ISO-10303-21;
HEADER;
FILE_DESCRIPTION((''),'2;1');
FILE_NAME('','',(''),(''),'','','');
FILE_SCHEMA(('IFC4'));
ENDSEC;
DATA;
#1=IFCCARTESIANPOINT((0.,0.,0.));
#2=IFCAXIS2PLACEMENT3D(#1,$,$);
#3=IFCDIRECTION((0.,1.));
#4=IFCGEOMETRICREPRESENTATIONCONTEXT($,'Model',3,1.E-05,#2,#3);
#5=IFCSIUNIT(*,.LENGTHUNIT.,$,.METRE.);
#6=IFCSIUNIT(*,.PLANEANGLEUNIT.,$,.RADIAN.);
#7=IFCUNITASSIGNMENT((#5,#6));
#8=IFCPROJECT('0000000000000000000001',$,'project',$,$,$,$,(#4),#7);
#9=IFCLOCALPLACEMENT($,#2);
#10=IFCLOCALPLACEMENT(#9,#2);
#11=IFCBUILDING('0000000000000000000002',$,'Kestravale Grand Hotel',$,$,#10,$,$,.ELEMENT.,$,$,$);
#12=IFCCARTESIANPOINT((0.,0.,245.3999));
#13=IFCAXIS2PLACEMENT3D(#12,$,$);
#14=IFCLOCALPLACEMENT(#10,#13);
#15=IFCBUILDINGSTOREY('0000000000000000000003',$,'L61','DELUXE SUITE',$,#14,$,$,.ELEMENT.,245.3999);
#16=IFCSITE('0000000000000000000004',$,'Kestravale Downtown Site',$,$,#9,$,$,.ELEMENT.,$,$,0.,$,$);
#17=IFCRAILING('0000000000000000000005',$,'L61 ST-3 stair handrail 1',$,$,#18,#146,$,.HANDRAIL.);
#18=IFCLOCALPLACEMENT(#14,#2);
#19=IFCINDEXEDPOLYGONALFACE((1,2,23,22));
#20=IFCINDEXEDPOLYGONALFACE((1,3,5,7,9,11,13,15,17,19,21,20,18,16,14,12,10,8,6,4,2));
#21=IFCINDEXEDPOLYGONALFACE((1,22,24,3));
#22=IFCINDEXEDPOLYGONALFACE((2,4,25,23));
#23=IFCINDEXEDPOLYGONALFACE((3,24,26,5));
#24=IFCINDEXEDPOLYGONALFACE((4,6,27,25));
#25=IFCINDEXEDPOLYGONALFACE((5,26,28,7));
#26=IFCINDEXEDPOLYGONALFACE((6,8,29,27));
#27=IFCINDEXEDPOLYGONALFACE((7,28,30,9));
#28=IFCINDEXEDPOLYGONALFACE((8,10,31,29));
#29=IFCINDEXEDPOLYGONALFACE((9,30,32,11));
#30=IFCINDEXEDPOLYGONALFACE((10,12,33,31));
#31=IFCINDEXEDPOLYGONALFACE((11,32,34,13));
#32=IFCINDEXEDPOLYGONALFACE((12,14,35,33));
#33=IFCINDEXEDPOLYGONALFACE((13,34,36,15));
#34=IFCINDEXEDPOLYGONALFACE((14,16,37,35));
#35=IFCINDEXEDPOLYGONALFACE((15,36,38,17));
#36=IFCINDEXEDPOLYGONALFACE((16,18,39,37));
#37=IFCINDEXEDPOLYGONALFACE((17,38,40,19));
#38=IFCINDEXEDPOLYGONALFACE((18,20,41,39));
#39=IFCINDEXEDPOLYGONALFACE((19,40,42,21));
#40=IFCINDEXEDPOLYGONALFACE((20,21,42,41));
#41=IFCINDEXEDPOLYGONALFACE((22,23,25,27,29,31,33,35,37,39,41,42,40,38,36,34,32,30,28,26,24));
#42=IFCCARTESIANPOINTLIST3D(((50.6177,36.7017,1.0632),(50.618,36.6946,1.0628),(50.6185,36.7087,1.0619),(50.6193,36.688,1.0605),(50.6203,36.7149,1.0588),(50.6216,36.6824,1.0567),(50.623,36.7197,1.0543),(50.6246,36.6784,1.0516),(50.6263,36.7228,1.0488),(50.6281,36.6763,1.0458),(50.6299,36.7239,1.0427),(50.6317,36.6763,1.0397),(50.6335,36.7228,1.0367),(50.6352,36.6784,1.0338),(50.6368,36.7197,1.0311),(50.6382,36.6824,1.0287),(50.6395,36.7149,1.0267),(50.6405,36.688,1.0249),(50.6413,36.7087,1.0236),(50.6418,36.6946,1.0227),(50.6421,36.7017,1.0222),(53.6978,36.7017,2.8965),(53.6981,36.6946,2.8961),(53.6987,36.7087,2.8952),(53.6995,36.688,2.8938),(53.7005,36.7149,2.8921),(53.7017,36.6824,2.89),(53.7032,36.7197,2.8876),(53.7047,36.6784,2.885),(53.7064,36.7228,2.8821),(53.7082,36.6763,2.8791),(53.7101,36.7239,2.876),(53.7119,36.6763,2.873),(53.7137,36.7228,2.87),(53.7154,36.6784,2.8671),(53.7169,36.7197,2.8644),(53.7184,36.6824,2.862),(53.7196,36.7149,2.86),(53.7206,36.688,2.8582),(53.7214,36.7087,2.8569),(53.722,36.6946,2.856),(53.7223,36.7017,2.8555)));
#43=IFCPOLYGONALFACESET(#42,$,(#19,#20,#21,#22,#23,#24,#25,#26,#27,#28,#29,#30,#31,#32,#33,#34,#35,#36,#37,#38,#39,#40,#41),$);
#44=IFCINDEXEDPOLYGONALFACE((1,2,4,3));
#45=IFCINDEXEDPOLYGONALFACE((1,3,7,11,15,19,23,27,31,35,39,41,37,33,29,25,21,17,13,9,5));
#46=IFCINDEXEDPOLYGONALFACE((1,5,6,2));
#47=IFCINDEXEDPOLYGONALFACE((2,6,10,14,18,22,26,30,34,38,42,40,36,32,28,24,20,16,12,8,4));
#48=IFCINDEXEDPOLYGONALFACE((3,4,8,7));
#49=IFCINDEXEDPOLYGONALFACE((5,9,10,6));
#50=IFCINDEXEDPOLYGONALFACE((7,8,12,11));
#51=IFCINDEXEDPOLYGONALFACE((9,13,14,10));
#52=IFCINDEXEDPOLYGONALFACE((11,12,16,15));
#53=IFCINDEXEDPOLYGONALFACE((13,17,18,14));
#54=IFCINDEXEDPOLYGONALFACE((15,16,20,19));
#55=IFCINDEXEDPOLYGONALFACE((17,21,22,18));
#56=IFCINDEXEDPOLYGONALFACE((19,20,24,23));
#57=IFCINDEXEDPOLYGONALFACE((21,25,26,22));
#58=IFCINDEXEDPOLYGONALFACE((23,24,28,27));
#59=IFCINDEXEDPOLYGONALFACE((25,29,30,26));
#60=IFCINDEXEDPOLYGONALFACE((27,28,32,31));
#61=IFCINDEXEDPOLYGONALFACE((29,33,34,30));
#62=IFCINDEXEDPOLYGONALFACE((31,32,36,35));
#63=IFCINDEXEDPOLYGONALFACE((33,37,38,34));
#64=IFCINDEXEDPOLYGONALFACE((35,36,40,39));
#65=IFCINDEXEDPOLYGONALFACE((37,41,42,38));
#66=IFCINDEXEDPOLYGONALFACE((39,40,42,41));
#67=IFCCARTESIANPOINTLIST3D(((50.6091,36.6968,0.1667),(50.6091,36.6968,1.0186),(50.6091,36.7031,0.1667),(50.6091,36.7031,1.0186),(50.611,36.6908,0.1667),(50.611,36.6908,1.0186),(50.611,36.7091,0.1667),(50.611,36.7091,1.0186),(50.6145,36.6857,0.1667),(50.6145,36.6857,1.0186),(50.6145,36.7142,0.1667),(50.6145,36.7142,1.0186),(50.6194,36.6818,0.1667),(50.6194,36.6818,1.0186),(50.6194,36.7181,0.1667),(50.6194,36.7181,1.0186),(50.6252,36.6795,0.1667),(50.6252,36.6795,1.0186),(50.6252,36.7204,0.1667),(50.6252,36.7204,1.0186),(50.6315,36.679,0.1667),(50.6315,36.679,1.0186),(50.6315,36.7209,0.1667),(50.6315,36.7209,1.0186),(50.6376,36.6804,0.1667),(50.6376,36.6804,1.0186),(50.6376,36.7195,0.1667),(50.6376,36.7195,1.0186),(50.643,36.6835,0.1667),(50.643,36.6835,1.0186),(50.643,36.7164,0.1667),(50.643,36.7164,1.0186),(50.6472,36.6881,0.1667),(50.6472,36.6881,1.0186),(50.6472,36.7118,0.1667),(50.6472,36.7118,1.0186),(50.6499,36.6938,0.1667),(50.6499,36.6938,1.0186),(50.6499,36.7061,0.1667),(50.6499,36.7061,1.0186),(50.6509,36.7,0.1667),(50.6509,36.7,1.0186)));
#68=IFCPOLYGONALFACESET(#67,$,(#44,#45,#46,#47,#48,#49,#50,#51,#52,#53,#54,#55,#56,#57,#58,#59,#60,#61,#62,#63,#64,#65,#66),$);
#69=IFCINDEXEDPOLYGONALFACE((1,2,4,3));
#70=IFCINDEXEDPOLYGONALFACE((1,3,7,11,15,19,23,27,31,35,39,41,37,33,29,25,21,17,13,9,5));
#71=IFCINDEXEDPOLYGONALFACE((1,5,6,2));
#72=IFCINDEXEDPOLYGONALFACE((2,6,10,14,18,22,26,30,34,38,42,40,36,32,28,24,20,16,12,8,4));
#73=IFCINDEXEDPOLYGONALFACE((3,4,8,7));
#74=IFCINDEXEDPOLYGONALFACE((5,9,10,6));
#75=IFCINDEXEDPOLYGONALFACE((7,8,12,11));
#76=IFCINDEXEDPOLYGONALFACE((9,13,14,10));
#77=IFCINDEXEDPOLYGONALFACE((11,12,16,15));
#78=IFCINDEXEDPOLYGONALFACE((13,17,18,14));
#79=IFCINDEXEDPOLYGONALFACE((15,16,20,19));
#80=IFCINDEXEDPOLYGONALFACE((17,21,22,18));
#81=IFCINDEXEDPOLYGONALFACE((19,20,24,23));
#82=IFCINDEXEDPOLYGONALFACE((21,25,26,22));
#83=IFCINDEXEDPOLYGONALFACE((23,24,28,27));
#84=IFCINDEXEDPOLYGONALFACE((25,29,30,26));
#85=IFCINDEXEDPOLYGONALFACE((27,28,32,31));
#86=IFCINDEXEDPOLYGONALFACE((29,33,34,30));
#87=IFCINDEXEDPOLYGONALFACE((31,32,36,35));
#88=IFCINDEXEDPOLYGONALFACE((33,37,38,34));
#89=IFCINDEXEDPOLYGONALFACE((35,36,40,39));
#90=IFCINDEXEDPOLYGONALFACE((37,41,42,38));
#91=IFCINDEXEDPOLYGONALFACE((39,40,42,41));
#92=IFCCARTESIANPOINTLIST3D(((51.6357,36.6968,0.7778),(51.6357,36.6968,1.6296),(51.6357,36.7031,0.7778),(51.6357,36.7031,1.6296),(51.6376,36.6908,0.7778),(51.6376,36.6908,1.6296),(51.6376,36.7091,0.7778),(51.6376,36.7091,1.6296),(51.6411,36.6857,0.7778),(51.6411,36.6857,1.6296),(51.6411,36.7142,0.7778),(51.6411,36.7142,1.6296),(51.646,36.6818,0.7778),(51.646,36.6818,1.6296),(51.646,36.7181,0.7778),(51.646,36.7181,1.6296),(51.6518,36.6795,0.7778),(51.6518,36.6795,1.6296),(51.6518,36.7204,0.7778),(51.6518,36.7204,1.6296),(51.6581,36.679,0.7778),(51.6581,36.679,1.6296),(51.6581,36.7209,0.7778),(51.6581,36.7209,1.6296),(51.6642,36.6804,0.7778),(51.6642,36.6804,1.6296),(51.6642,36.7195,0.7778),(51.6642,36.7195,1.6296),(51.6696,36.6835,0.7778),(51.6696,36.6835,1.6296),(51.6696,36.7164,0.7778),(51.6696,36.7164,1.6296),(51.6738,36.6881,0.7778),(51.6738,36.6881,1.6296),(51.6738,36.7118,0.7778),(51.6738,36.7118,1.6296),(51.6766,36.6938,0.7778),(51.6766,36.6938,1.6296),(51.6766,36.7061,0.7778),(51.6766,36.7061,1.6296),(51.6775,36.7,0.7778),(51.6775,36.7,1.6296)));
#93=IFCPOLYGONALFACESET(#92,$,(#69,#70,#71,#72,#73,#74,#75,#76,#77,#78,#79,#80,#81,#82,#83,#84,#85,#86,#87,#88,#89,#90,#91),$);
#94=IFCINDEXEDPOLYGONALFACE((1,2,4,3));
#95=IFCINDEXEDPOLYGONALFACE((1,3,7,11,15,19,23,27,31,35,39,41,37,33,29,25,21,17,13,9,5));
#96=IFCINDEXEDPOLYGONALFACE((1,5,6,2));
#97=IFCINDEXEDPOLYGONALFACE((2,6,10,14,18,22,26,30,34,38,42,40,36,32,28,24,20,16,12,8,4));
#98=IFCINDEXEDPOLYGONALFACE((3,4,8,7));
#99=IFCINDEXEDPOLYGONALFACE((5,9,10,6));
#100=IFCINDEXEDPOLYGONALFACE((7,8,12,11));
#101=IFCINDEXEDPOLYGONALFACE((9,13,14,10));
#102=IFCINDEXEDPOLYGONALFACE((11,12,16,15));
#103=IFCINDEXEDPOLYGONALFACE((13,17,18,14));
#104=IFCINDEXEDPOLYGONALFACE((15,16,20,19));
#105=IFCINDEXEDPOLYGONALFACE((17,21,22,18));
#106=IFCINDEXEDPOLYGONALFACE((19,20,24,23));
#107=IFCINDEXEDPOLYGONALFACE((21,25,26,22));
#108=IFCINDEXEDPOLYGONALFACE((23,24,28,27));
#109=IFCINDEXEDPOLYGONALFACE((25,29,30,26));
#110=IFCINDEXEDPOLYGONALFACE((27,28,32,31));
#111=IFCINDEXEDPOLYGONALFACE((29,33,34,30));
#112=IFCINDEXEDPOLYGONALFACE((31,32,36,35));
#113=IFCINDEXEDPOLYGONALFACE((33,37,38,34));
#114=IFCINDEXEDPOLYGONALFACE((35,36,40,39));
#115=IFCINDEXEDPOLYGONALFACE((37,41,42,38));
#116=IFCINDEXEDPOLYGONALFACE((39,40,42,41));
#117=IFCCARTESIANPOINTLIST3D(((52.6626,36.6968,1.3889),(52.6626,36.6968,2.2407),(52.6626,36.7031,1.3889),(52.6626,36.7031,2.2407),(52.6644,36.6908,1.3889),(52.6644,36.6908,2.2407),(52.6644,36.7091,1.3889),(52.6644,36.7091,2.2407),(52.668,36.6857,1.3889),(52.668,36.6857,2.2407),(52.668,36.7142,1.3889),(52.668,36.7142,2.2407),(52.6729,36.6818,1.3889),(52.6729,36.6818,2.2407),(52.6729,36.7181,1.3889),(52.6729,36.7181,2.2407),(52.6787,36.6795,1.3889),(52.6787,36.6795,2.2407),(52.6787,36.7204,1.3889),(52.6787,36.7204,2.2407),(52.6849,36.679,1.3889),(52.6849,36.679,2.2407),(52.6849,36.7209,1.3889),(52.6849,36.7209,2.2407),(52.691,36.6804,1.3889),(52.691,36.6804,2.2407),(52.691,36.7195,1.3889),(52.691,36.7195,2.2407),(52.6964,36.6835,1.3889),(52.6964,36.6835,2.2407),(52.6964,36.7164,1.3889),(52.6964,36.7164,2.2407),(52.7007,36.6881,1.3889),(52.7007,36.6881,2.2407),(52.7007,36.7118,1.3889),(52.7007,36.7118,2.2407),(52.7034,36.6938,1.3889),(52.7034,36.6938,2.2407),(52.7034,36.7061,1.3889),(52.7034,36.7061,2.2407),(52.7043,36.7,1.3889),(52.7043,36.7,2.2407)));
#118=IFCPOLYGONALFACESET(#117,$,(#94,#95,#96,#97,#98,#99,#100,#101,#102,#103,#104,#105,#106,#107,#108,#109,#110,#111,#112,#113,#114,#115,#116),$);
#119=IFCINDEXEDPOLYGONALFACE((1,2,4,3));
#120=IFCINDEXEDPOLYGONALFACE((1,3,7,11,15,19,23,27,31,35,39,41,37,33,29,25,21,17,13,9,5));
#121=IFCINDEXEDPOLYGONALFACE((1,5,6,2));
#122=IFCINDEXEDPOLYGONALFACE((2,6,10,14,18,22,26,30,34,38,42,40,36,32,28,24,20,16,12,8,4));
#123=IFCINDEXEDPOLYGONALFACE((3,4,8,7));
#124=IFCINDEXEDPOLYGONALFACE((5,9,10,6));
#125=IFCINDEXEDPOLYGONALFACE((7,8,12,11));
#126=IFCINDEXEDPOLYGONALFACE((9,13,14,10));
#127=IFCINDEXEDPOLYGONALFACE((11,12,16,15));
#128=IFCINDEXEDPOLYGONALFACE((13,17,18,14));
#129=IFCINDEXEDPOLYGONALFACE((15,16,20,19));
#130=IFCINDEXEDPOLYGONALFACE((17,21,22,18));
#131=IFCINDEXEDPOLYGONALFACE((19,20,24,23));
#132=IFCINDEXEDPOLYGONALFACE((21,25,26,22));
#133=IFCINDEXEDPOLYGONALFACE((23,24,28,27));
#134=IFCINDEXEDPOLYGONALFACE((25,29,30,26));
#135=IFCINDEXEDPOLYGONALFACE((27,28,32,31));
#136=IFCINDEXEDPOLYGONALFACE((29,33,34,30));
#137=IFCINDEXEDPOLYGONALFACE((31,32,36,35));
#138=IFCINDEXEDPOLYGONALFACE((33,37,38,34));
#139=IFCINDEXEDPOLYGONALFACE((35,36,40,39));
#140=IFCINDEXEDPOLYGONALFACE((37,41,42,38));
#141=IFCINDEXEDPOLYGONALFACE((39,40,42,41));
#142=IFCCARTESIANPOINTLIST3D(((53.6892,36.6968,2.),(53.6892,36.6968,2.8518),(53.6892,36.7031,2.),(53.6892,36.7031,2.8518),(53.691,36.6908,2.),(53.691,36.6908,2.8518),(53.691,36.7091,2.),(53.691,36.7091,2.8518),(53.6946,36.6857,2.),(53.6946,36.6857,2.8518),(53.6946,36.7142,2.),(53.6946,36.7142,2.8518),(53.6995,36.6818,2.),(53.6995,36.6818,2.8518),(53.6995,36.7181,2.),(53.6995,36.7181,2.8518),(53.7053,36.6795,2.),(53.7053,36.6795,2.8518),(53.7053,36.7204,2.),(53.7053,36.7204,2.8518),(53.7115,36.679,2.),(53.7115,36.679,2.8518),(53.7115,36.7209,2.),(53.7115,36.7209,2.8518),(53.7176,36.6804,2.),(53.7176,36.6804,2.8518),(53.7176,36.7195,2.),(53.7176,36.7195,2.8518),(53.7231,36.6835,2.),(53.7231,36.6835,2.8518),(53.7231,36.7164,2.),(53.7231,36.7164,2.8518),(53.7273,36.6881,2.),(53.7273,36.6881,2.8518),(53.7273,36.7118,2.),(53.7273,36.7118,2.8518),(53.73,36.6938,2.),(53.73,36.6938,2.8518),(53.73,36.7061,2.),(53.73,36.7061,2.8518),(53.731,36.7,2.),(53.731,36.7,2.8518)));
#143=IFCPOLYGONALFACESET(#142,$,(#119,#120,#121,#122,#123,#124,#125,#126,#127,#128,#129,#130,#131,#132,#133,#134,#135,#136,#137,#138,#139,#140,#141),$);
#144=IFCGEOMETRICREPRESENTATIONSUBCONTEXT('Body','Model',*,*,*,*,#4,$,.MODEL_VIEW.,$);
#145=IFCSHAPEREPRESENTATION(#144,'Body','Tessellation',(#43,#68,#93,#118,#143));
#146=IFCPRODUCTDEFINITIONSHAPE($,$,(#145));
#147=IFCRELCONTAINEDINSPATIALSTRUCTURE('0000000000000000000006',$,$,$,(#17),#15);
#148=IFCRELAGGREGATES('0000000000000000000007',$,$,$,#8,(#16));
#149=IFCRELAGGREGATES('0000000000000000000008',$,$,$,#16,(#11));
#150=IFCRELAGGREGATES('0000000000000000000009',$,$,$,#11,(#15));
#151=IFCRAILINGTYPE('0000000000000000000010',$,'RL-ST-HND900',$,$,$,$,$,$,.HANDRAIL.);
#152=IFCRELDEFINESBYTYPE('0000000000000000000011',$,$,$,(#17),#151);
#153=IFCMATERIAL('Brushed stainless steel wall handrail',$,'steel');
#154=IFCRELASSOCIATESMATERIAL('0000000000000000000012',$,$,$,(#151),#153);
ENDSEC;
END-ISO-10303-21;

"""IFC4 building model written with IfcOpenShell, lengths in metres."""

from ifc_helpers import new_model, si_unit, direction, frame, origin, origin_2d, place, context, subcontext, project, spatial, circle, extrude, material, type_object, element, save


model = new_model("IFC4")

# Units and contexts
model_context = context("Model", 3, precision=1e-05, world=origin(), true_north=direction((0.0, 1.0)))
body_context = subcontext(model_context, "Body", "Model", "MODEL_VIEW")
ifc_project = project(units=[si_unit("LENGTHUNIT", "METRE"), si_unit("PLANEANGLEUNIT", "RADIAN")], contexts=[model_context])

# Site, building, storey
site_placement = place(None, origin())
site = spatial("IfcSite", under=ifc_project, at=site_placement, Name="Kestravale Downtown Site", CompositionType="ELEMENT", RefElevation=0.0)
building_placement = place(site_placement, origin())
building = spatial("IfcBuilding", under=site, at=building_placement, Name="Kestravale Grand Hotel", CompositionType="ELEMENT")
storey_placement = place(building_placement, frame((0.0, 0.0, 245.3999)))
storey = spatial("IfcBuildingStorey", under=building, at=storey_placement, Name="L61", Description="DELUXE SUITE", CompositionType="ELEMENT", Elevation=245.3999)

# Railing
ifc_material_1 = material(Name="Brushed stainless steel wall handrail", Category="steel")
railing_type_1 = type_object("IfcRailingType", Name="RL-ST-HND900", PredefinedType="HANDRAIL", material=ifc_material_1)
railing_1_placement = place(storey_placement, frame((50.6299, 36.7, 0.1667)))
element("IfcRailing", 1, at=railing_1_placement, inside=storey, type_object=railing_type_1, Name="L61 ST-3 stair handrail 1", PredefinedType="HANDRAIL", context=body_context, shape_type="SweptSolid", body=[
    extrude(circle(Radius=0.0239, at=origin_2d()), frame((0.0, 0.0, 0.876), z_axis=(0.859309, 0.0, 0.511458), x_axis=(0.0, 1.0, 0.0)), (0.0, 0.0, 1.0), 3.5845),
    extrude(circle(Radius=0.021, at=origin_2d()), origin(), (0.0, 0.0, 1.0), 0.8518),
    extrude(circle(Radius=0.021, at=origin_2d()), frame((1.0266, 0.0, 0.6111)), (0.0, 0.0, 1.0), 0.8518),
    extrude(circle(Radius=0.021, at=origin_2d()), frame((2.0535, 0.0, 1.2222)), (0.0, 0.0, 1.0), 0.8518),
    extrude(circle(Radius=0.021, at=origin_2d()), frame((3.0801, 0.0, 1.8333)), (0.0, 0.0, 1.0), 0.8518),
])

save(model, "model.ifc")
